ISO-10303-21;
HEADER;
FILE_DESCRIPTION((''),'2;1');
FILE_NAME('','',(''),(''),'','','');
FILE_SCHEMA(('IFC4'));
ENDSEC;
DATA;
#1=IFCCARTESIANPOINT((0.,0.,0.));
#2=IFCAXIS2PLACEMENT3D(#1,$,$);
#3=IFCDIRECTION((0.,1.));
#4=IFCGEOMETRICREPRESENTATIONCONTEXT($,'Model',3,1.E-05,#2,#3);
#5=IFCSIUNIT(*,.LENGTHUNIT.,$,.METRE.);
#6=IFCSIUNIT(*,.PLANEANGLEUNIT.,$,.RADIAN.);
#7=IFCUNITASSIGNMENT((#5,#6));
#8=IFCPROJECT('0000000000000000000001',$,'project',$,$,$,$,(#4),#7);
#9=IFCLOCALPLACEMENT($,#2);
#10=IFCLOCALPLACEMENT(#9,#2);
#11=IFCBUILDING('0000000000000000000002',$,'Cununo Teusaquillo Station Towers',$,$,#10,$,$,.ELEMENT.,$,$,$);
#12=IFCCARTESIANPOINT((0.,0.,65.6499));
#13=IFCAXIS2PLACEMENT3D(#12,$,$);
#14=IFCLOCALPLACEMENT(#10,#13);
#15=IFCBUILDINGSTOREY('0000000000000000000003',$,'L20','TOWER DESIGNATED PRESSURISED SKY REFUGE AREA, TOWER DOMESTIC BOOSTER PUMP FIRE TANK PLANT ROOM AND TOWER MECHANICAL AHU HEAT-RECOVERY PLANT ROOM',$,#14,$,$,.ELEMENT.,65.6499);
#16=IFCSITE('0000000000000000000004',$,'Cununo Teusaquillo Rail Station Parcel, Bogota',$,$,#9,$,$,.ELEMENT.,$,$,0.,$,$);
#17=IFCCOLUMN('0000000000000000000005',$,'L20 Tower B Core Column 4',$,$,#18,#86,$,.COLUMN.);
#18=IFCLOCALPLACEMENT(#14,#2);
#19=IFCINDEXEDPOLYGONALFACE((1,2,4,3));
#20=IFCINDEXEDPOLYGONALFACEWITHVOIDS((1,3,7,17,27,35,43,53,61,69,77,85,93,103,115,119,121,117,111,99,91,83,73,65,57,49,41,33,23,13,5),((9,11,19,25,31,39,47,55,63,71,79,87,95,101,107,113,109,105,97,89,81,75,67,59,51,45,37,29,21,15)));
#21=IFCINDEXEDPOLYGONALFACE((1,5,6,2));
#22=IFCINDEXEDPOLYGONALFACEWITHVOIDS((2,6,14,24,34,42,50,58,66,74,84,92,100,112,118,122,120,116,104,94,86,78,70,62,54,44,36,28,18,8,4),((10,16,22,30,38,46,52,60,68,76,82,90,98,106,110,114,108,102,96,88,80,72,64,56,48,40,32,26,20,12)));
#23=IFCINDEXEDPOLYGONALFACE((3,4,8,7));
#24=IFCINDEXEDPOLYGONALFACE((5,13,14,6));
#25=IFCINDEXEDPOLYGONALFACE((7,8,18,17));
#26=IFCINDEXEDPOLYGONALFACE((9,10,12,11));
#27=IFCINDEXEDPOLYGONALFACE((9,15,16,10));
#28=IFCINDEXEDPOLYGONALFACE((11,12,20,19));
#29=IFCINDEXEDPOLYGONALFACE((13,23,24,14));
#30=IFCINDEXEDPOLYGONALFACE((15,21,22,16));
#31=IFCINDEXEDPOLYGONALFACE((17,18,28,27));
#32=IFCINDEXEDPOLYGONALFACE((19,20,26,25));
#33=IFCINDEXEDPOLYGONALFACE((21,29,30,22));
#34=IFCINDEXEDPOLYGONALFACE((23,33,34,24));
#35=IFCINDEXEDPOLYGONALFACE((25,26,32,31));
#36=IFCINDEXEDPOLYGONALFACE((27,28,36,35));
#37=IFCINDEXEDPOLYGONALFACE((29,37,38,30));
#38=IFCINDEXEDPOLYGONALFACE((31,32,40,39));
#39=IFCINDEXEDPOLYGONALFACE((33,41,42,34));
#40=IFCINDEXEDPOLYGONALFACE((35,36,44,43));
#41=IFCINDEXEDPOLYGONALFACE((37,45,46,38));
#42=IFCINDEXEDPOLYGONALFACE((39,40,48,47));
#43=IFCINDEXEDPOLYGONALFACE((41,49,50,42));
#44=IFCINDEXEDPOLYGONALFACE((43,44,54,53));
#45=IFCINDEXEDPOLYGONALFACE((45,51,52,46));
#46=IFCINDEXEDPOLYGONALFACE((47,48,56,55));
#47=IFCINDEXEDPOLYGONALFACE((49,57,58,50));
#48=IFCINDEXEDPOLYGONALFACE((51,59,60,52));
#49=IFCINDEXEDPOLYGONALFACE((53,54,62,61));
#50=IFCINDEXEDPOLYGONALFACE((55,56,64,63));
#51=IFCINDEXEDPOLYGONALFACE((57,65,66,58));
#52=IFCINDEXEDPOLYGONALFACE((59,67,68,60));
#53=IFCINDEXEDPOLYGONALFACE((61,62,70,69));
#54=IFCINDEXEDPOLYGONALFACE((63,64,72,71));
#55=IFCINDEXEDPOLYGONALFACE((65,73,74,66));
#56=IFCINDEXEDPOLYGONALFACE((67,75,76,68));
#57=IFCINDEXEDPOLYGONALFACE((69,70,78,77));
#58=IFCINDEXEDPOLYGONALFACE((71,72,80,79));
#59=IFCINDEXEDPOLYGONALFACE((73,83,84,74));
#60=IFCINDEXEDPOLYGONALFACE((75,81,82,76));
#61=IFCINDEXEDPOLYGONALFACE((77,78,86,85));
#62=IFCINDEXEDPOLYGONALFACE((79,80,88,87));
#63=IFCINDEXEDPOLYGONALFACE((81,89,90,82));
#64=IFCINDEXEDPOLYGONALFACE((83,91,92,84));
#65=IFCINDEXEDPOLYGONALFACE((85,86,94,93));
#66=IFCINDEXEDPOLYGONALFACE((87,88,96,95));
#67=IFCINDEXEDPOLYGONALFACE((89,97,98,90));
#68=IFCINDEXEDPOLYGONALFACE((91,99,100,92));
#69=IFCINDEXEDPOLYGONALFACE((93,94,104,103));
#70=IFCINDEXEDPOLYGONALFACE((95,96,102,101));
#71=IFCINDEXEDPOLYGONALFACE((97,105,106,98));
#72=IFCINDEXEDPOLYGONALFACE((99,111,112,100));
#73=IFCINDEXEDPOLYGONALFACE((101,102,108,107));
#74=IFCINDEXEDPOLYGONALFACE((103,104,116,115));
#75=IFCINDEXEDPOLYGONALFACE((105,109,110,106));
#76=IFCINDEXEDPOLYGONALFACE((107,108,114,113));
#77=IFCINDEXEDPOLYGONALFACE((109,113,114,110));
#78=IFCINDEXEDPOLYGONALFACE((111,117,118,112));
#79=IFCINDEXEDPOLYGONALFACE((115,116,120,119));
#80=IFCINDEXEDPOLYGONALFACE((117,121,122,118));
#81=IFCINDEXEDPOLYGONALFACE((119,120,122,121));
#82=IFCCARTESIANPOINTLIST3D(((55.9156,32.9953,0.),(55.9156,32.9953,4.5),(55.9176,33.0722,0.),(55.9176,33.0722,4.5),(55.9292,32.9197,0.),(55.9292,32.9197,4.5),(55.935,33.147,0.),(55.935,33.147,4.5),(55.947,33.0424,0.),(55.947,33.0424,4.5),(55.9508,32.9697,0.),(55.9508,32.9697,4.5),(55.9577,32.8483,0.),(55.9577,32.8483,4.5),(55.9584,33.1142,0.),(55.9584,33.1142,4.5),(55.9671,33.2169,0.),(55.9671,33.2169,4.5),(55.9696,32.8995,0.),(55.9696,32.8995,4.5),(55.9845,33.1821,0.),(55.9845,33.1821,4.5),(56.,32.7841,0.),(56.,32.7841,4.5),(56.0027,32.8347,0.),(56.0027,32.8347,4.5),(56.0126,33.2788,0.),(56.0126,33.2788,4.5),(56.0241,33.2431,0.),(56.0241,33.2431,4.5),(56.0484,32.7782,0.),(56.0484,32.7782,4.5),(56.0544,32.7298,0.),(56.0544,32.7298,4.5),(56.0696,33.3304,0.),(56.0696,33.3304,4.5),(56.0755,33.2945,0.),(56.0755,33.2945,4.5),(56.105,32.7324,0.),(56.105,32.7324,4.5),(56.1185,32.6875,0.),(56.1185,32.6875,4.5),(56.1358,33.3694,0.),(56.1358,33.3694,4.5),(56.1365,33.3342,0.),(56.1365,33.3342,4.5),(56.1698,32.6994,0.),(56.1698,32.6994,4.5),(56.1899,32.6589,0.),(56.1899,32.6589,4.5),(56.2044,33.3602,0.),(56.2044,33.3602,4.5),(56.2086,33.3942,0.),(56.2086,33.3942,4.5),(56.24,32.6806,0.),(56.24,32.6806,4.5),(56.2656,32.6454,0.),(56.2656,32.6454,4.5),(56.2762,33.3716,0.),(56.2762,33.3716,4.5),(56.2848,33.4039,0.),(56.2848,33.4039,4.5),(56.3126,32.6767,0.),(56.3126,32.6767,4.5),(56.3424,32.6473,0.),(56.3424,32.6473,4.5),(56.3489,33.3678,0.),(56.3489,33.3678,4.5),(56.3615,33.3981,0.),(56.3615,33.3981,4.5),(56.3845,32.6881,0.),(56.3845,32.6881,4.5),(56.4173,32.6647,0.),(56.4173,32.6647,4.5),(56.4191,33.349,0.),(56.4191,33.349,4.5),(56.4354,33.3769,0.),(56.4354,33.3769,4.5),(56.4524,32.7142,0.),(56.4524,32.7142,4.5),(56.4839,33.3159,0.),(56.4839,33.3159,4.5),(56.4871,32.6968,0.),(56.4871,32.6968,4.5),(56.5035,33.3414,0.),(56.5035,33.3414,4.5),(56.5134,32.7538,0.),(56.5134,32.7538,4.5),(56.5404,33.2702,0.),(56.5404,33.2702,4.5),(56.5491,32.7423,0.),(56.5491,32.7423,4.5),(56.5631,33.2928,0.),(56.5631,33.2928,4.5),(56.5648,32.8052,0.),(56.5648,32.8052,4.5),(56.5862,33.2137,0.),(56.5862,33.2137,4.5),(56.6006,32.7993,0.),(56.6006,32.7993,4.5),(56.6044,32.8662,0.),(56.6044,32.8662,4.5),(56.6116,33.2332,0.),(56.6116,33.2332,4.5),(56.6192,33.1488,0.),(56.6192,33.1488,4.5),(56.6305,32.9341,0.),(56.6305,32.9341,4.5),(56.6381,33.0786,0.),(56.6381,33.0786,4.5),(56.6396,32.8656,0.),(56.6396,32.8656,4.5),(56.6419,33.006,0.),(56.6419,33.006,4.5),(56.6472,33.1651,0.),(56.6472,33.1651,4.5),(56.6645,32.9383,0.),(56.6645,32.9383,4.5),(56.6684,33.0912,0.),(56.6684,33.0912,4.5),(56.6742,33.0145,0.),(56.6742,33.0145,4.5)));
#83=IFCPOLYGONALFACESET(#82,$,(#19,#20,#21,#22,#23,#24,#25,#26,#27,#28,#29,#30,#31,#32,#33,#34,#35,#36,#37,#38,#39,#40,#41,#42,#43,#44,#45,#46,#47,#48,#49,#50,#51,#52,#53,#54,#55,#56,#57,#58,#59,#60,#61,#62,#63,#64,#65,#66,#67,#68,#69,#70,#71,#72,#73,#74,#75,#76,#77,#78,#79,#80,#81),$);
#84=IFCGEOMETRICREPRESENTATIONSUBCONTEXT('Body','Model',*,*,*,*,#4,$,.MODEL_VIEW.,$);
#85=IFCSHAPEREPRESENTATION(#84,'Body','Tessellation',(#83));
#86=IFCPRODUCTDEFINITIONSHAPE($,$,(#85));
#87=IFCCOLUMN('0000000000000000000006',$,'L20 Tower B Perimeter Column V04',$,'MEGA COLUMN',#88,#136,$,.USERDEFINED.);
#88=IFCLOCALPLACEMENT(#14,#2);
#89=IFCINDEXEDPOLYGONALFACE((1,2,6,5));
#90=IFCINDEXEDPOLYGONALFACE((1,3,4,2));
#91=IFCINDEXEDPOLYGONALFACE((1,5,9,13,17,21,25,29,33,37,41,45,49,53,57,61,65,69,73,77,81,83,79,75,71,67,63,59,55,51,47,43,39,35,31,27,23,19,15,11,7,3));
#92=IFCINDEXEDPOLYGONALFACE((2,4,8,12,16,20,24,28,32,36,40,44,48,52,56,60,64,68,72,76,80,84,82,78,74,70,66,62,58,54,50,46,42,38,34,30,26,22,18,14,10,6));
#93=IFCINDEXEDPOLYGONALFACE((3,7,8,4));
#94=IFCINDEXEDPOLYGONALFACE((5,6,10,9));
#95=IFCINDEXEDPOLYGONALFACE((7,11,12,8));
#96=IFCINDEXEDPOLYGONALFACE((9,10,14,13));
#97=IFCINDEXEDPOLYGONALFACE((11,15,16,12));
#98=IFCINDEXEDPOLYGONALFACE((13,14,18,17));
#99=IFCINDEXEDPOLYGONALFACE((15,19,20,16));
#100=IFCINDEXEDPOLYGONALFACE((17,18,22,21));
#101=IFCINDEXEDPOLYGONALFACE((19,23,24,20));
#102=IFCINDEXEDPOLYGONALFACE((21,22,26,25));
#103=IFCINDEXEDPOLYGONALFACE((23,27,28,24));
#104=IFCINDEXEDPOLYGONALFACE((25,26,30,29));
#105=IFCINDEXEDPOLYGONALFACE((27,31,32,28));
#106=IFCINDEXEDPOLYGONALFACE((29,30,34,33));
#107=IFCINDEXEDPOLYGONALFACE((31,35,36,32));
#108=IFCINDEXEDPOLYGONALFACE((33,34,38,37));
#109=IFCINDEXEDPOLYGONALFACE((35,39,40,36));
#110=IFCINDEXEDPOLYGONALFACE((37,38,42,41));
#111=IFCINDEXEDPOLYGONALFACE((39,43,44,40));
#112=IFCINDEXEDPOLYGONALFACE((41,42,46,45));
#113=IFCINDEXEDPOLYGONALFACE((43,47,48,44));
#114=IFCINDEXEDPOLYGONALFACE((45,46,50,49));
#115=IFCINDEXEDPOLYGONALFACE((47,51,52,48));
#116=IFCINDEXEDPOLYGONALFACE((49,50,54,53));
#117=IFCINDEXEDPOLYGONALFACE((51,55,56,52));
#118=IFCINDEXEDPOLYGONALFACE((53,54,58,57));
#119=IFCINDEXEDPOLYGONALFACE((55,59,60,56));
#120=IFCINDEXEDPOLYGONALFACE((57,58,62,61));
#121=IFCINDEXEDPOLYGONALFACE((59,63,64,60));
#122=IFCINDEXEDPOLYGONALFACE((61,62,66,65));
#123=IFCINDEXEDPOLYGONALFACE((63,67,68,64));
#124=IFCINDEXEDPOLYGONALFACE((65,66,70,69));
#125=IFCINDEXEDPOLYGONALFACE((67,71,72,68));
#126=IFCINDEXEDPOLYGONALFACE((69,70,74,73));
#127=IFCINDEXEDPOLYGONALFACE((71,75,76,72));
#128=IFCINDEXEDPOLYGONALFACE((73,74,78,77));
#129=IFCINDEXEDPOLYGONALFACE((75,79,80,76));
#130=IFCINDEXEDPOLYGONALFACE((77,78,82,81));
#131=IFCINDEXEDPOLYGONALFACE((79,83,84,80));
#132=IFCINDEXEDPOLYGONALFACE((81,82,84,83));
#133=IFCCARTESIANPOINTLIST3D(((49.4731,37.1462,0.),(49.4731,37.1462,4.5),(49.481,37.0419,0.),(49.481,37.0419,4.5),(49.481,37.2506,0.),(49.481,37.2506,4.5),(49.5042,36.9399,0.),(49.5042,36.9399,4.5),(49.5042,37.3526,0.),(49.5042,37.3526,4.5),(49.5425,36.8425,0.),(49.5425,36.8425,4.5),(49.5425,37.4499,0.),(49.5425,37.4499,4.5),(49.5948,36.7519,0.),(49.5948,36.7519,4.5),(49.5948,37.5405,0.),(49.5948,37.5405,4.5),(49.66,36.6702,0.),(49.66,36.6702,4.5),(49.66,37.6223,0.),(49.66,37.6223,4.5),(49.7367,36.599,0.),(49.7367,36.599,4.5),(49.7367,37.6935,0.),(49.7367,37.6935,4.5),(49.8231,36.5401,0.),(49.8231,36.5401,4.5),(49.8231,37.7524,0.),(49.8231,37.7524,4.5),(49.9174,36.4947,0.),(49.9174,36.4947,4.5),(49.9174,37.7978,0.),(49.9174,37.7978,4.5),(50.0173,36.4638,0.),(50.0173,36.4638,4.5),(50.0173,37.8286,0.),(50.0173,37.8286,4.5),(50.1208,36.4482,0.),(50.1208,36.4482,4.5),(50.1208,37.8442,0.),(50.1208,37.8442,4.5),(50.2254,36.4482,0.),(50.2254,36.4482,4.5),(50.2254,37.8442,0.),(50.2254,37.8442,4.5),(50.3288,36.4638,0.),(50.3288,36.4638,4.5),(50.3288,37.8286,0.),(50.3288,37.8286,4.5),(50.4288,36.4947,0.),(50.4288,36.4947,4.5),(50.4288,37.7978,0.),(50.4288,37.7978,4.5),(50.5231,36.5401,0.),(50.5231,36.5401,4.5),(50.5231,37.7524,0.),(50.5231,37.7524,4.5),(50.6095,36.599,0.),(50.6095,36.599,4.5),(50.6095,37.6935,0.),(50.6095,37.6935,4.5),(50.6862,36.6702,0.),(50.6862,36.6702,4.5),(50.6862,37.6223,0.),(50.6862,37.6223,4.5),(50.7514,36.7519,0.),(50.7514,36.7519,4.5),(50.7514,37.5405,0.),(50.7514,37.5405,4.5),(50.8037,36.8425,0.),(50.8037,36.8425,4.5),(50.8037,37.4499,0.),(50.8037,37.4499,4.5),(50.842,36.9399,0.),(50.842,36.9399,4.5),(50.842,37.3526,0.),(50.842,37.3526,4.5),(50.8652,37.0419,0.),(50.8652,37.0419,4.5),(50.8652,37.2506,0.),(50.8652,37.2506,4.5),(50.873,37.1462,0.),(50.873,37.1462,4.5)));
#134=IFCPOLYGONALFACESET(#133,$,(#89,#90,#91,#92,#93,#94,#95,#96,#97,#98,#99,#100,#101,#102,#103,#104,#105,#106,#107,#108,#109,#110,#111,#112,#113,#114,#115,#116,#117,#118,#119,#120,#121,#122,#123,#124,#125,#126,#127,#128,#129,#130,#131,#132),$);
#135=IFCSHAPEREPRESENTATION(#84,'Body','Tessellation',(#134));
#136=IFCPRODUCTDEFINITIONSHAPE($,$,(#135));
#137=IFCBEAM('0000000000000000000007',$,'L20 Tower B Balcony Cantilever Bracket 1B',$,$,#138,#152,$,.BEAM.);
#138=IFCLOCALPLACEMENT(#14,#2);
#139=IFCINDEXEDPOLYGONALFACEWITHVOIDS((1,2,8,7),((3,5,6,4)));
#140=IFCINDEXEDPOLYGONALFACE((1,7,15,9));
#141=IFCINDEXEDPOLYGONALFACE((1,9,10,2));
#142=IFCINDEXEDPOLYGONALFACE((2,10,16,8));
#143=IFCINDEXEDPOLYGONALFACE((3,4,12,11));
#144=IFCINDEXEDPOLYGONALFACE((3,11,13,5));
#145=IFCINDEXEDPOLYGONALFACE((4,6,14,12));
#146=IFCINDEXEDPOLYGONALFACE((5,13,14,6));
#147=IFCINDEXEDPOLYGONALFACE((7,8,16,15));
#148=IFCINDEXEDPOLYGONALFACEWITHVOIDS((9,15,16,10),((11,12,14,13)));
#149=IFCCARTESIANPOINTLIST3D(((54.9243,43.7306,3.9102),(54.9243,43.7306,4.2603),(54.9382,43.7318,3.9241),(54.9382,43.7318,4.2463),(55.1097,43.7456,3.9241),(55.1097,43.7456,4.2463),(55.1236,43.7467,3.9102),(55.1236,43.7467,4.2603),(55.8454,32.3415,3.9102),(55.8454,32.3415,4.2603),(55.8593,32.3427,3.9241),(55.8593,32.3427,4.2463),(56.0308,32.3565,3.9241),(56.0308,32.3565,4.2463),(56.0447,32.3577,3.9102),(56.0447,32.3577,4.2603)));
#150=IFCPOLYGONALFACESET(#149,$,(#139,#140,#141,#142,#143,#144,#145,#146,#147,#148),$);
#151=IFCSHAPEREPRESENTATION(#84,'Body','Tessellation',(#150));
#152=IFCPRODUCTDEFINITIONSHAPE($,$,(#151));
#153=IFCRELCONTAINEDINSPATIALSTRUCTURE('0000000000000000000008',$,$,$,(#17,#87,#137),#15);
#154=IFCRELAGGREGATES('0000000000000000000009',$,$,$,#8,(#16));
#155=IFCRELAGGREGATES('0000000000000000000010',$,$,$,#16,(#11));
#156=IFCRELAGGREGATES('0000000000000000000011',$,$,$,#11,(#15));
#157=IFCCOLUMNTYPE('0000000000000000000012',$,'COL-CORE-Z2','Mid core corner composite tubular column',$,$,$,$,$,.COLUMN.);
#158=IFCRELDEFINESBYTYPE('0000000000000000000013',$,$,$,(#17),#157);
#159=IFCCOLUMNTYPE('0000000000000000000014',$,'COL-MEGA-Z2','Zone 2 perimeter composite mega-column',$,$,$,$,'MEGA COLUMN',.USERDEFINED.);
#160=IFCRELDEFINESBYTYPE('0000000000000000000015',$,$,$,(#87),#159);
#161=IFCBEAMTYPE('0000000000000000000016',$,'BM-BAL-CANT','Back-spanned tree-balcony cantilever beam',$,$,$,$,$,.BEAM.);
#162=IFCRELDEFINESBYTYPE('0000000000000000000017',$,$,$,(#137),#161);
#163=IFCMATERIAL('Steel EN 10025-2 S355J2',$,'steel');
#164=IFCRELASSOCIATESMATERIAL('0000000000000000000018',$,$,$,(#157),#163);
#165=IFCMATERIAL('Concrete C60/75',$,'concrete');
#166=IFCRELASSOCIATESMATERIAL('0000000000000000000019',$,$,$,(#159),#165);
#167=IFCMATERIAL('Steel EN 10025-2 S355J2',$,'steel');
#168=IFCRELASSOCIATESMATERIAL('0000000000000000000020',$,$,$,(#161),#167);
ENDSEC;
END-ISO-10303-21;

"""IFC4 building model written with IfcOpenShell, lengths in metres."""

from ifc_helpers import new_model, si_unit, direction, frame, origin, origin_2d, place, context, subcontext, project, spatial, hollow_rectangle, circle, hollow_circle, extrude, material, material_profile, profile_set, type_object, element, save


model = new_model("IFC4")

# Units and contexts
model_context = context("Model", 3, precision=1e-05, world=origin(), true_north=direction((0.0, 1.0)))
body_context = subcontext(model_context, "Body", "Model", "MODEL_VIEW")
ifc_project = project(units=[si_unit("LENGTHUNIT", "METRE"), si_unit("PLANEANGLEUNIT", "RADIAN")], contexts=[model_context])

# Site, building, storey
site_placement = place(None, origin())
site = spatial("IfcSite", under=ifc_project, at=site_placement, Name="Cununo Teusaquillo Rail Station Parcel, Bogota", CompositionType="ELEMENT", RefElevation=0.0)
building_placement = place(site_placement, origin())
building = spatial("IfcBuilding", under=site, at=building_placement, Name="Cununo Teusaquillo Station Towers", CompositionType="ELEMENT")
storey_placement = place(building_placement, frame((0.0, 0.0, 65.6499)))
storey = spatial("IfcBuildingStorey", under=building, at=storey_placement, Name="L20", Description="TOWER DESIGNATED PRESSURISED SKY REFUGE AREA, TOWER DOMESTIC BOOSTER PUMP FIRE TANK PLANT ROOM AND TOWER MECHANICAL AHU HEAT-RECOVERY PLANT ROOM", CompositionType="ELEMENT", Elevation=65.6499)

# Columns
ifc_material_1 = material(Name="Steel EN 10025-2 S355J2", Category="steel")
ifc_material_profile_1 = material_profile(ifc_material_1, hollow_circle(Radius=0.3799, WallThickness=0.032, at=origin_2d()), Name="CHS 760x32")
ifc_profile_set_1 = profile_set([ifc_material_profile_1], Name="Steel EN 10025-2 S355J2")
column_type_1 = type_object("IfcColumnType", Name="COL-CORE-Z2", Description="Mid core corner composite tubular column", PredefinedType="COLUMN", material=ifc_profile_set_1)
column_1_placement = place(storey_placement, frame((56.2944, 33.0242, 0.0), z_axis=(0.0, 0.0, 1.0), x_axis=(0.707107, 0.707107, 0.0)))
element("IfcColumn", 1, at=column_1_placement, inside=storey, type_object=column_type_1, Name="L20 Tower B Core Column 4", PredefinedType="COLUMN", context=body_context, shape_type="SweptSolid", body=[
    extrude(hollow_circle(Radius=0.3799, WallThickness=0.032, at=origin_2d()), origin(), (0.0, 0.0, 1.0), 4.5),
])
ifc_material_2 = material(Name="Concrete C60/75", Category="concrete")
ifc_material_profile_2 = material_profile(ifc_material_2, circle(Radius=0.7, at=origin_2d()), Name="RC-CIRC-1400")
ifc_profile_set_2 = profile_set([ifc_material_profile_2], Name="Concrete C60/75")
column_type_2 = type_object("IfcColumnType", Name="COL-MEGA-Z2", Description="Zone 2 perimeter composite mega-column", ElementType="MEGA COLUMN", PredefinedType="USERDEFINED", material=ifc_profile_set_2)
column_2_placement = place(storey_placement, frame((50.1731, 37.1462, 0.0), z_axis=(0.0, 0.0, 1.0), x_axis=(1.0, 0.0, 0.0)))
element("IfcColumn", 2, at=column_2_placement, inside=storey, type_object=column_type_2, Name="L20 Tower B Perimeter Column V04", ObjectType="MEGA COLUMN", PredefinedType="USERDEFINED", context=body_context, shape_type="SweptSolid", body=[
    extrude(circle(Radius=0.7, at=origin_2d()), origin(), (0.0, 0.0, 1.0), 4.5),
])

# Beam
ifc_material_3 = material(Name="Steel EN 10025-2 S355J2", Category="steel")
ifc_material_profile_3 = material_profile(ifc_material_3, hollow_rectangle(XDim=0.2, YDim=0.3501, WallThickness=0.0139, at=origin_2d()), Name="RHS 350x200x14")
ifc_profile_set_3 = profile_set([ifc_material_profile_3], Name="Steel EN 10025-2 S355J2")
beam_type_1 = type_object("IfcBeamType", Name="BM-BAL-CANT", Description="Back-spanned tree-balcony cantilever beam", PredefinedType="BEAM", material=ifc_profile_set_3)
beam_1_placement = place(storey_placement, frame((55.9451, 32.3496, 4.0852), z_axis=(-0.080616, 0.996745, 0.0), x_axis=(-0.996745, -0.080616, 0.0)))
element("IfcBeam", 3, at=beam_1_placement, inside=storey, type_object=beam_type_1, Name="L20 Tower B Balcony Cantilever Bracket 1B", PredefinedType="BEAM", context=body_context, shape_type="SweptSolid", body=[
    extrude(hollow_rectangle(XDim=0.2, YDim=0.3501, WallThickness=0.0139, at=origin_2d()), origin(), (0.0, 0.0, 1.0), 11.4263),
])

save(model, "model.ifc")
